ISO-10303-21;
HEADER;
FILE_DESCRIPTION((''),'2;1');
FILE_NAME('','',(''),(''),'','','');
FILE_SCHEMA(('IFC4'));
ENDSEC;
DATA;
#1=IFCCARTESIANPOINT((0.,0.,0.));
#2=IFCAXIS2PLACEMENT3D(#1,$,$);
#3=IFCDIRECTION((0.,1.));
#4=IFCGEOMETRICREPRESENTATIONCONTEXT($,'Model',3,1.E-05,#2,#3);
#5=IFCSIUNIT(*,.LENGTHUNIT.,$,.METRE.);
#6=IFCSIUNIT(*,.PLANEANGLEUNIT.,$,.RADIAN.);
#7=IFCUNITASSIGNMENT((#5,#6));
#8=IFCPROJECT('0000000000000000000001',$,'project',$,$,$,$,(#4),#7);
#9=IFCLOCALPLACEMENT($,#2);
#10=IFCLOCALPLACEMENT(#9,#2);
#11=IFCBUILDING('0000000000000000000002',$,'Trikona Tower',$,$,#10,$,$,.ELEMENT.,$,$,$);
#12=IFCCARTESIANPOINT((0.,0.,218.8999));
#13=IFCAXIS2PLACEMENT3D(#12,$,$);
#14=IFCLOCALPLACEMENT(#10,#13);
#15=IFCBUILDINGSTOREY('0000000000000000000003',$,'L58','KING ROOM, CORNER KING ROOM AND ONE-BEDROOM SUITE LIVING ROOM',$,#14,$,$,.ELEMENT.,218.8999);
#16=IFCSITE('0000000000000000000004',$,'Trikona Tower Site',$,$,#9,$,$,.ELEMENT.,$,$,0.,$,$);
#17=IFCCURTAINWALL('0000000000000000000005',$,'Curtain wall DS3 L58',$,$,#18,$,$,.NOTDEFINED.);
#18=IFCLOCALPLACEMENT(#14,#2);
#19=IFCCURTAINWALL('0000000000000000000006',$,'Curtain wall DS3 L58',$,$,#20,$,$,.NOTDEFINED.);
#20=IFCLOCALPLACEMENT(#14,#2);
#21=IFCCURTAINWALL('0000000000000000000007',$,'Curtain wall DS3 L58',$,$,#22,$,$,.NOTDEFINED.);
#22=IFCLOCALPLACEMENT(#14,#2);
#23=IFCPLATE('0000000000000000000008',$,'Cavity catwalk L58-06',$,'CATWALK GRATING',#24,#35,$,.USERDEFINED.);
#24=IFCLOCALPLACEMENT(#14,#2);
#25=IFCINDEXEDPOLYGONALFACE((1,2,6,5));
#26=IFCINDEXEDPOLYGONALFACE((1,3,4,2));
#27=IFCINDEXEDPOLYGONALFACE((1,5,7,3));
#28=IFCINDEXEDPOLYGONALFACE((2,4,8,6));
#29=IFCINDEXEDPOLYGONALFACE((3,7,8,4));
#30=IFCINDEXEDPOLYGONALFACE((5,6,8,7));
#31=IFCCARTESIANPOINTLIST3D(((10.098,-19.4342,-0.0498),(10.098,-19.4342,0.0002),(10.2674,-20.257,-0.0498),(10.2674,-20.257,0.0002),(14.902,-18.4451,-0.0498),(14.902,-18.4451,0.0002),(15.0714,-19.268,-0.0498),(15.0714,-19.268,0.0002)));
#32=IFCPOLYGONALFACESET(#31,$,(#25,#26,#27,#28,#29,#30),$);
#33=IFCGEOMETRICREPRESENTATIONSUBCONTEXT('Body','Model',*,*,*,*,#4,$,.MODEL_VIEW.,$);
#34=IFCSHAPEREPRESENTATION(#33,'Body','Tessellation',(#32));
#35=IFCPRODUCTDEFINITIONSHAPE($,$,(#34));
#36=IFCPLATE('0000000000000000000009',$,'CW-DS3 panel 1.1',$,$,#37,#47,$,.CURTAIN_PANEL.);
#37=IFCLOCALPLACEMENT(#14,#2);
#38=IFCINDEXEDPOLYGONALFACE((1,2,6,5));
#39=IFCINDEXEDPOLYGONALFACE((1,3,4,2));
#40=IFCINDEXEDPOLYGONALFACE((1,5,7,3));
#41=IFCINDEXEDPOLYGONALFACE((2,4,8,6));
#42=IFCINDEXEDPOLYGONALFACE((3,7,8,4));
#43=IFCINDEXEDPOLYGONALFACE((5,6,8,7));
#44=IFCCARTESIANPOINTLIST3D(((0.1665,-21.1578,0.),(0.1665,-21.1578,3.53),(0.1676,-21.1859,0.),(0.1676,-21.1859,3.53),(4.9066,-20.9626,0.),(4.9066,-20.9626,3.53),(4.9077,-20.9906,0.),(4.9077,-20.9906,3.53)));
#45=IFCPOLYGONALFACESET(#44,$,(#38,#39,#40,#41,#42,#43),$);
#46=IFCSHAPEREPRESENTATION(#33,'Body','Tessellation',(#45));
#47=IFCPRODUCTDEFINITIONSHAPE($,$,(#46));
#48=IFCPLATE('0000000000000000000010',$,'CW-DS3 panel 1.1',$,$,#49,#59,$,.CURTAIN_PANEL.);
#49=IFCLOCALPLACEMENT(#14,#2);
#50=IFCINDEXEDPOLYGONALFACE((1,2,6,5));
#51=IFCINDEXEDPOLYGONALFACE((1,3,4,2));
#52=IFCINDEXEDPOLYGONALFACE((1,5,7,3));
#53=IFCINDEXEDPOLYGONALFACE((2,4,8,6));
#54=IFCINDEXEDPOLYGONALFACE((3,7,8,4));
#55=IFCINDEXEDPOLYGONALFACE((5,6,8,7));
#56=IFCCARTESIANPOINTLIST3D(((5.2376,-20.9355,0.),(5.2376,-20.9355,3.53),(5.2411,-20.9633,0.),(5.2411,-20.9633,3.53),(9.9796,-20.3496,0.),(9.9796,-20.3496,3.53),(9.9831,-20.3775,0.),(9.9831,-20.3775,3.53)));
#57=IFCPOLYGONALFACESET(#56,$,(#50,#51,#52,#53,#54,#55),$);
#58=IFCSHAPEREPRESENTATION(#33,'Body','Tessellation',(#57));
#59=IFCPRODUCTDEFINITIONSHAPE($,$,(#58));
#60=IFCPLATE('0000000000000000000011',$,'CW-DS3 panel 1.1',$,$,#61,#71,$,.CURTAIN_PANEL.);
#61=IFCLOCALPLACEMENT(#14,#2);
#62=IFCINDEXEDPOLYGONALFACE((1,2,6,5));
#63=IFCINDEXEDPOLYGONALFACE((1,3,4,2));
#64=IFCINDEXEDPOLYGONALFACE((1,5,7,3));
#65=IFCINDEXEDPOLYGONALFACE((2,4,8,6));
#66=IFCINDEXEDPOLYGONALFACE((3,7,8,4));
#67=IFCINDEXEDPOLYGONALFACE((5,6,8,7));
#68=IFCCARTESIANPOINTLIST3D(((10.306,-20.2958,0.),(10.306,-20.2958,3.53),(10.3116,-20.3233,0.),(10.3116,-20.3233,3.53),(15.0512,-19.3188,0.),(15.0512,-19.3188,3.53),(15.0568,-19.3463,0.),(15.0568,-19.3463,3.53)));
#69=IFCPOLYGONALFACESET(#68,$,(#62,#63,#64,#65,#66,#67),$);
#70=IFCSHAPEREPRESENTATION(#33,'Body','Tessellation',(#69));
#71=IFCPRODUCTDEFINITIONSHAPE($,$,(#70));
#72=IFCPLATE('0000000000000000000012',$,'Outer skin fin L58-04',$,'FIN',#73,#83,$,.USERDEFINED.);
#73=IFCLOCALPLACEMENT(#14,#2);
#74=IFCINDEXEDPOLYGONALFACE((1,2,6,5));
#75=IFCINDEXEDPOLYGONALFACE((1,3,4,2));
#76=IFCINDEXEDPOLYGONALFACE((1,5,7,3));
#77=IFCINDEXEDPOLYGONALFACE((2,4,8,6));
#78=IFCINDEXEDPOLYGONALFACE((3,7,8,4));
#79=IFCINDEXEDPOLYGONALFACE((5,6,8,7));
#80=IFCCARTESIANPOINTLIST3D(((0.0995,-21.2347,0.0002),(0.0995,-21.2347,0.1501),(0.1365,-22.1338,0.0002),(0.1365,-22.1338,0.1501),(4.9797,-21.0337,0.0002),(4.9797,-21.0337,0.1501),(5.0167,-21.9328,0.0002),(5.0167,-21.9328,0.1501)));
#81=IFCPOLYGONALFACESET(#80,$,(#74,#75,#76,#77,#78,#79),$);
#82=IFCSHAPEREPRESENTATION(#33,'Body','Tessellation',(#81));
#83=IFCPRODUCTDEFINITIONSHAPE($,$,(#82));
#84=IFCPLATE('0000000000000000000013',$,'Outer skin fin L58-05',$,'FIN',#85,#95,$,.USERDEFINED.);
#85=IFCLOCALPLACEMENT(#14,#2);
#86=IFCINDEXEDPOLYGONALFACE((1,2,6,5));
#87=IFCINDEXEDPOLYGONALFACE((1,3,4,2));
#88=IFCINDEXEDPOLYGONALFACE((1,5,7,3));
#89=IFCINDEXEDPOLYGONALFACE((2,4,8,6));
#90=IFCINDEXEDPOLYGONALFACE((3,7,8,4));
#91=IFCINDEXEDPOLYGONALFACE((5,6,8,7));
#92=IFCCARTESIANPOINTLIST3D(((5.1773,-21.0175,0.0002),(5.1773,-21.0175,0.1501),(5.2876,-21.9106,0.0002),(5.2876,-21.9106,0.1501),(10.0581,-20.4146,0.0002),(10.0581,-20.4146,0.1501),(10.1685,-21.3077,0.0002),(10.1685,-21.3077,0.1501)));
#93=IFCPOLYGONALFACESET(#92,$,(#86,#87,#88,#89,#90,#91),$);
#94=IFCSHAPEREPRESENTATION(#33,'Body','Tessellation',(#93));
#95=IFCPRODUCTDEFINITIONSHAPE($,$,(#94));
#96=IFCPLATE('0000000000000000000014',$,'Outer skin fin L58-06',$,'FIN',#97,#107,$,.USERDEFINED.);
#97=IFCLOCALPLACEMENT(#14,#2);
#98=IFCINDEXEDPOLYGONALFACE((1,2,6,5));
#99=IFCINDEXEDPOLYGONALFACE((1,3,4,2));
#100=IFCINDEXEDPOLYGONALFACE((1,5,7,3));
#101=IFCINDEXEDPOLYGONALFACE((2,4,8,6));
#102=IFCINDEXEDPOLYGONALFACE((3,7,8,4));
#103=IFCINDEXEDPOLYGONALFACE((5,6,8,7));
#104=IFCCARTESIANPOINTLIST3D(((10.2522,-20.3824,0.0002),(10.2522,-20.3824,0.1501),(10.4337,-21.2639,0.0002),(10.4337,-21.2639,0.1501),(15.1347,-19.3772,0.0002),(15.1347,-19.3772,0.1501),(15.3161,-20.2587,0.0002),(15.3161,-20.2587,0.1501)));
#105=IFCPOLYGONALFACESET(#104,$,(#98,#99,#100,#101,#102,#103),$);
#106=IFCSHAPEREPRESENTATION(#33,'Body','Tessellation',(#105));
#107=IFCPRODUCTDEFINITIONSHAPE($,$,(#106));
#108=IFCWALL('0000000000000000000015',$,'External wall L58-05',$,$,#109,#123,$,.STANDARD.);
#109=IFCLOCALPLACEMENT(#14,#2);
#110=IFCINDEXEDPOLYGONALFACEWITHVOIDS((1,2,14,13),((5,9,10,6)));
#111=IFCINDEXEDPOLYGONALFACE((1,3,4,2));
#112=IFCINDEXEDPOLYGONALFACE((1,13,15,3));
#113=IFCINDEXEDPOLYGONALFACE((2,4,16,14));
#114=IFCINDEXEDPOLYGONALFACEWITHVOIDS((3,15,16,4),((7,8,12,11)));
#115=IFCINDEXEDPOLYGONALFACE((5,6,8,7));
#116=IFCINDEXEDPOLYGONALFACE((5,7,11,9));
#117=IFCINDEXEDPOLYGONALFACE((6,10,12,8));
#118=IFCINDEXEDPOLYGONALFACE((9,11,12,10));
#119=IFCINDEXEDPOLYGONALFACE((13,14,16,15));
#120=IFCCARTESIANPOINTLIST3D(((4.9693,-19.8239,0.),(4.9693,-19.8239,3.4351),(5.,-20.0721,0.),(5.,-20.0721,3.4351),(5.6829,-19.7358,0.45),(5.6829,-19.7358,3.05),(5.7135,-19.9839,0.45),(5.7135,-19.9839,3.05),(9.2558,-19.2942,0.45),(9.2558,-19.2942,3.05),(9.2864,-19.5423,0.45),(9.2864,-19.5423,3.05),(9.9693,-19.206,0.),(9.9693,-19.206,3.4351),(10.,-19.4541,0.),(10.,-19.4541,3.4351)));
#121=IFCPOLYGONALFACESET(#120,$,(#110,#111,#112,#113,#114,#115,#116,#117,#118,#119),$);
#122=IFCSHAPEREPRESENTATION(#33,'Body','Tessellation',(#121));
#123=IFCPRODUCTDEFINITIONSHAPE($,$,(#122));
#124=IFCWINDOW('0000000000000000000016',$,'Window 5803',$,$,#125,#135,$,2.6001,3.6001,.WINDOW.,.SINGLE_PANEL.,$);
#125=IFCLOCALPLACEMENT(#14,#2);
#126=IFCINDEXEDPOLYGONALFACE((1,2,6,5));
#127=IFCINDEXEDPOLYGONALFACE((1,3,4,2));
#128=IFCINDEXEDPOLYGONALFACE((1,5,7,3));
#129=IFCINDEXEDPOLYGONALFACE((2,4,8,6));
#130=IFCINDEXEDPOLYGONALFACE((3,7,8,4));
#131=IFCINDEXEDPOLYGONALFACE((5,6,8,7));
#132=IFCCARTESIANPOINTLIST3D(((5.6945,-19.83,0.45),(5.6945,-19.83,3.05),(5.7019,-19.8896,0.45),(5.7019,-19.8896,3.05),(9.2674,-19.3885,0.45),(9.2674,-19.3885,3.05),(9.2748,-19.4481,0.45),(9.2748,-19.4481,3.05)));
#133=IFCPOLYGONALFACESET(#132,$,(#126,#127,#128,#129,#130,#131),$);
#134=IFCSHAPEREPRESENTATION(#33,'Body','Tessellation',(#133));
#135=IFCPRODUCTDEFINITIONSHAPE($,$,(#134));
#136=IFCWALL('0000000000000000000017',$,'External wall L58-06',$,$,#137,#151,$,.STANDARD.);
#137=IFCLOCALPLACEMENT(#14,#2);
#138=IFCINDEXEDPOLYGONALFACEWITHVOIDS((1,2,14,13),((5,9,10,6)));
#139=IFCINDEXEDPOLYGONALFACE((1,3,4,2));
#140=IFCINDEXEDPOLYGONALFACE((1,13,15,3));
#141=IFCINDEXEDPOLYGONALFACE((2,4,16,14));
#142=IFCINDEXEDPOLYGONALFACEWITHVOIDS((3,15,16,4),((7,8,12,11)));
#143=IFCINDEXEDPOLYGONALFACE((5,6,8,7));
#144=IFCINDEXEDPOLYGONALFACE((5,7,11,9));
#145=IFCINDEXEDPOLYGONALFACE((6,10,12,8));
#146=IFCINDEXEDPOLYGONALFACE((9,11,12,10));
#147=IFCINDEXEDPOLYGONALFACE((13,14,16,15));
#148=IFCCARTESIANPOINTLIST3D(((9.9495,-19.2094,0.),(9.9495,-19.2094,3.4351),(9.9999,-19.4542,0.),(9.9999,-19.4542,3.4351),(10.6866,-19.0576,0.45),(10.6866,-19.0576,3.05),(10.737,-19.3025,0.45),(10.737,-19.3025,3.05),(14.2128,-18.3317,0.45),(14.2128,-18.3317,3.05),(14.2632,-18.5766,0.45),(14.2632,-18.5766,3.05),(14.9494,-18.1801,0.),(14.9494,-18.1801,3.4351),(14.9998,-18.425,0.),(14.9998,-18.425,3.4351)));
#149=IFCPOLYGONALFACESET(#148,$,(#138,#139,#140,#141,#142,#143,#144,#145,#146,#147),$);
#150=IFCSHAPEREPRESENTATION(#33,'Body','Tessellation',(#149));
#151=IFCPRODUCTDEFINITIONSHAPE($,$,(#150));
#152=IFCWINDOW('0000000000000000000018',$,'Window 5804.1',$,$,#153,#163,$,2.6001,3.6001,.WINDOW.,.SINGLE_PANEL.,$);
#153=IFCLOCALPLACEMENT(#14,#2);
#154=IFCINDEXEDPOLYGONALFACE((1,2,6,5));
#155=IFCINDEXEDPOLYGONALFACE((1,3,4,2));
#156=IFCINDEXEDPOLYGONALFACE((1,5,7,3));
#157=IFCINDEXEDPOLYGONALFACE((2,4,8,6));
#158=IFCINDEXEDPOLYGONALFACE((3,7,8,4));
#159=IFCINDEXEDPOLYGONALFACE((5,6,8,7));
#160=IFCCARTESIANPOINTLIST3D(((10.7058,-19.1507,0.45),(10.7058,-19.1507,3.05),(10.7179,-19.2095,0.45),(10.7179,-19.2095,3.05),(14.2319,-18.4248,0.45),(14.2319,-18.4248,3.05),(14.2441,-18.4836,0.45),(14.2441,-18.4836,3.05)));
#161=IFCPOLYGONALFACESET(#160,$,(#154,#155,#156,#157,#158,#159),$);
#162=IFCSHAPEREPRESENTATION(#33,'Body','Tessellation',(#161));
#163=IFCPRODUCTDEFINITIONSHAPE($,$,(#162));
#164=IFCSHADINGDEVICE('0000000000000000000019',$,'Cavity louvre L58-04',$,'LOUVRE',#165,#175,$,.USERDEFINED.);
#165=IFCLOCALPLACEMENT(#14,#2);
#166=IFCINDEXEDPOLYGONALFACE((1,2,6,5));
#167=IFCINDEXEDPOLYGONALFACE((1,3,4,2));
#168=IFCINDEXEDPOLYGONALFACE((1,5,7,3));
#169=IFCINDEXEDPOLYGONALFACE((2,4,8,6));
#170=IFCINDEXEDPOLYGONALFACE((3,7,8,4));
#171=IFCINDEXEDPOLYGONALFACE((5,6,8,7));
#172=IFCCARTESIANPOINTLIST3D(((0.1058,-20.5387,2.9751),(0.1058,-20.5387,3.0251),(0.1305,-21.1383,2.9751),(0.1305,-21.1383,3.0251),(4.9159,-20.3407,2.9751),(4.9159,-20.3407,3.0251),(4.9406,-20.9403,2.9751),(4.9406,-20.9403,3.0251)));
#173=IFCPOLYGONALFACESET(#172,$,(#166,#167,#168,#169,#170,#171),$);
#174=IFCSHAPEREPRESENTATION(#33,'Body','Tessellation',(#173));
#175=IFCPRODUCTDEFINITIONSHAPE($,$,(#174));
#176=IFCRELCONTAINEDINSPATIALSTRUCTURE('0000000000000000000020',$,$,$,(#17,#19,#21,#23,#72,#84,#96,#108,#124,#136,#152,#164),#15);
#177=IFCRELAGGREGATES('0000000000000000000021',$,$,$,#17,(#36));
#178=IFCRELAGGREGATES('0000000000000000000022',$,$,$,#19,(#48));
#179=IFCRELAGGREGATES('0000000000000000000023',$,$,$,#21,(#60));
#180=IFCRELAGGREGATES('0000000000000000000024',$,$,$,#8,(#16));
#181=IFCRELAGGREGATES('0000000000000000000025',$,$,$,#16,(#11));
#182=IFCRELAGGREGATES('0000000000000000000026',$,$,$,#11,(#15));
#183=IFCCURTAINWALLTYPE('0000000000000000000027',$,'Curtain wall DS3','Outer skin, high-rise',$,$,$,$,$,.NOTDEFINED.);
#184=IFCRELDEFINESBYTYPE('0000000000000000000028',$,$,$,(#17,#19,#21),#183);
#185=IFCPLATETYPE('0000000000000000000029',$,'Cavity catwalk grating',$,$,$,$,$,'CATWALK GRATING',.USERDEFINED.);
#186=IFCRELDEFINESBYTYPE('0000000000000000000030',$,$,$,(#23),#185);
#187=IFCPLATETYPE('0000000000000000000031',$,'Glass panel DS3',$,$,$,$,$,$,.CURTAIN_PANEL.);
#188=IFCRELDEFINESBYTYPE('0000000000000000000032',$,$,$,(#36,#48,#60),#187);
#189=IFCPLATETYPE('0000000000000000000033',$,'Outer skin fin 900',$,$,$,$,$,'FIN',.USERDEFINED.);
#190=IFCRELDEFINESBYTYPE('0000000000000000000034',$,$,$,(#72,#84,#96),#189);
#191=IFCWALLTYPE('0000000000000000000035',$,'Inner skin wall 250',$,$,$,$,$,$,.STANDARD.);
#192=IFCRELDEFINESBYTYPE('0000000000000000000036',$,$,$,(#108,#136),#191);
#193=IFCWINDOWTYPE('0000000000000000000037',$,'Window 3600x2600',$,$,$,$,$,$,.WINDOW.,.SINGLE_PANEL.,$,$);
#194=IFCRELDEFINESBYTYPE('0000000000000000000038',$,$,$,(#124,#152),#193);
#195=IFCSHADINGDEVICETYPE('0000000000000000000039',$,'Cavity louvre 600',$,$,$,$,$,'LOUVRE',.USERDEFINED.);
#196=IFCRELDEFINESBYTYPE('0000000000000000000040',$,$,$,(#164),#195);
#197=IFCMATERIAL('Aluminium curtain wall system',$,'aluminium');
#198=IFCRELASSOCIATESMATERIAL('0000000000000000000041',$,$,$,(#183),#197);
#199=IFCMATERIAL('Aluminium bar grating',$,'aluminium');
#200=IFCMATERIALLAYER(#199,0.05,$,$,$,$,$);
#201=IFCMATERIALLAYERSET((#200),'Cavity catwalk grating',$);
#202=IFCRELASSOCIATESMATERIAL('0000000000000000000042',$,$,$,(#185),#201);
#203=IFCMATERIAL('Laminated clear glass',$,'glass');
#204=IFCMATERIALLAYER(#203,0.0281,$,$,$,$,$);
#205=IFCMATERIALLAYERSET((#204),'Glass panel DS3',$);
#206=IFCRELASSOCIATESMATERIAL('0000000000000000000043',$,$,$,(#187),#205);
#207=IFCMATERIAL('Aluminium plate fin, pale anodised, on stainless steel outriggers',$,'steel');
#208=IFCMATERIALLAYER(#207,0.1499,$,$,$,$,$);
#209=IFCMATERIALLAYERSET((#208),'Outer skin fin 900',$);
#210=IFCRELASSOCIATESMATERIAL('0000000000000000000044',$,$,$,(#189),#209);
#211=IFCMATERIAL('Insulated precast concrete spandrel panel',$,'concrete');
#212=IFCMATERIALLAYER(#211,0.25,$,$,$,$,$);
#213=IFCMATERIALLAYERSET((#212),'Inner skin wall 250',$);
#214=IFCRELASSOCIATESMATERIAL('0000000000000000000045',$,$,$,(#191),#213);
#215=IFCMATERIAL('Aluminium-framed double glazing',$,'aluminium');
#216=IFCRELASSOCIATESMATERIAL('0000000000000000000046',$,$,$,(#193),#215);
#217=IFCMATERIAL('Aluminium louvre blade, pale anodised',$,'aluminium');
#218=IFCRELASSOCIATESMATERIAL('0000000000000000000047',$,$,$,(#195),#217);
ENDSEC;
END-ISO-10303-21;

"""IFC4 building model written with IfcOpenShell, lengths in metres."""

from ifc_helpers import new_model, si_unit, direction, frame, frame_2d, origin, origin_2d, place, context, subcontext, project, spatial, rectangle, extrude, material, layer, layer_set, type_object, element, fill, aggregate, save


model = new_model("IFC4")

# Units and contexts
model_context = context("Model", 3, precision=1e-05, world=origin(), true_north=direction((0.0, 1.0)))
body_context = subcontext(model_context, "Body", "Model", "MODEL_VIEW")
ifc_project = project(units=[si_unit("LENGTHUNIT", "METRE"), si_unit("PLANEANGLEUNIT", "RADIAN")], contexts=[model_context])

# Site, building, storey
site_placement = place(None, origin())
site = spatial("IfcSite", under=ifc_project, at=site_placement, Name="Trikona Tower Site", CompositionType="ELEMENT", RefElevation=0.0)
building_placement = place(site_placement, origin())
building = spatial("IfcBuilding", under=site, at=building_placement, Name="Trikona Tower", CompositionType="ELEMENT")
storey_placement = place(building_placement, frame((0.0, 0.0, 218.8999)))
storey = spatial("IfcBuildingStorey", under=building, at=storey_placement, Name="L58", Description="KING ROOM, CORNER KING ROOM AND ONE-BEDROOM SUITE LIVING ROOM", CompositionType="ELEMENT", Elevation=218.8999)

# Curtain walls
ifc_material_1 = material(Name="Aluminium curtain wall system", Category="aluminium")
curtain_wall_type = type_object("IfcCurtainWallType", Name="Curtain wall DS3", Description="Outer skin, high-rise", PredefinedType="NOTDEFINED", material=ifc_material_1)
curtain_wall_1_placement = place(storey_placement, origin())
curtain_wall_1 = element("IfcCurtainWall", 1, at=curtain_wall_1_placement, inside=storey, type_object=curtain_wall_type, Name="Curtain wall DS3 L58", PredefinedType="NOTDEFINED")
curtain_wall_2_placement = place(storey_placement, origin())
curtain_wall_2 = element("IfcCurtainWall", 2, at=curtain_wall_2_placement, inside=storey, type_object=curtain_wall_type, Name="Curtain wall DS3 L58", PredefinedType="NOTDEFINED")

# Curtain wall
curtain_wall_3_placement = place(storey_placement, origin())
curtain_wall_3 = element("IfcCurtainWall", 3, at=curtain_wall_3_placement, inside=storey, type_object=curtain_wall_type, Name="Curtain wall DS3 L58", PredefinedType="NOTDEFINED")

# Plate
ifc_material_2 = material(Name="Aluminium bar grating", Category="aluminium")
ifc_layer_1 = layer(ifc_material_2, 0.05)
ifc_layer_set_1 = layer_set([ifc_layer_1], Name="Cavity catwalk grating")
plate_type_1 = type_object("IfcPlateType", Name="Cavity catwalk grating", ElementType="CATWALK GRATING", PredefinedType="USERDEFINED", material=ifc_layer_set_1)
plate_1_placement = place(storey_placement, frame((12.5847, -19.3511, -0.0498), z_axis=(0.0, 0.0, 1.0), x_axis=(0.979458, 0.201651, 0.0)))
element("IfcPlate", 4, at=plate_1_placement, inside=storey, type_object=plate_type_1, Name="Cavity catwalk L58-06", ObjectType="CATWALK GRATING", PredefinedType="USERDEFINED", context=body_context, shape_type="SweptSolid", body=[
    extrude(rectangle(XDim=4.9048, YDim=0.8401, at=origin_2d()), origin(), (0.0, 0.0, 1.0), 0.05),
])

# Plates
ifc_material_3 = material(Name="Laminated clear glass", Category="glass")
ifc_layer_2 = layer(ifc_material_3, 0.0281)
ifc_layer_set_2 = layer_set([ifc_layer_2], Name="Glass panel DS3")
plate_type_2 = type_object("IfcPlateType", Name="Glass panel DS3", PredefinedType="CURTAIN_PANEL", material=ifc_layer_set_2)
plate_2_placement = place(storey_placement, frame((2.5371, -21.0742, 0.0), z_axis=(0.0, 0.0, 1.0), x_axis=(0.999153, 0.041153, 0.0)))
plate_2 = element("IfcPlate", 5, at=plate_2_placement, type_object=plate_type_2, Name="CW-DS3 panel 1.1", PredefinedType="CURTAIN_PANEL", context=body_context, shape_type="SweptSolid", body=[
    extrude(rectangle(XDim=4.7441, YDim=0.0281, at=origin_2d()), origin(), (0.0, 0.0, 1.0), 3.53),
])
aggregate(curtain_wall_1, [plate_2])
plate_3_placement = place(storey_placement, frame((7.6104, -20.6565, 0.0), z_axis=(0.0, 0.0, 1.0), x_axis=(0.992455, 0.122611, 0.0)))
plate_3 = element("IfcPlate", 6, at=plate_3_placement, type_object=plate_type_2, Name="CW-DS3 panel 1.1", PredefinedType="CURTAIN_PANEL", context=body_context, shape_type="SweptSolid", body=[
    extrude(rectangle(XDim=4.7781, YDim=0.0281, at=origin_2d()), origin(), (0.0, 0.0, 1.0), 3.53),
])
aggregate(curtain_wall_2, [plate_3])
plate_4_placement = place(storey_placement, frame((12.6814, -19.821, 0.0), z_axis=(0.0, 0.0, 1.0), x_axis=(0.979457, 0.201653, 0.0)))
plate_4 = element("IfcPlate", 7, at=plate_4_placement, type_object=plate_type_2, Name="CW-DS3 panel 1.1", PredefinedType="CURTAIN_PANEL", context=body_context, shape_type="SweptSolid", body=[
    extrude(rectangle(XDim=4.8447, YDim=0.0281, at=origin_2d()), origin(), (0.0, 0.0, 1.0), 3.53),
])
aggregate(curtain_wall_3, [plate_4])

# Plates
ifc_material_4 = material(Name="Aluminium plate fin, pale anodised, on stainless steel outriggers", Category="steel")
ifc_layer_3 = layer(ifc_material_4, 0.1499)
ifc_layer_set_3 = layer_set([ifc_layer_3], Name="Outer skin fin 900")
plate_type_3 = type_object("IfcPlateType", Name="Outer skin fin 900", ElementType="FIN", PredefinedType="USERDEFINED", material=ifc_layer_set_3)
plate_5_placement = place(storey_placement, frame((2.5581, -21.5837, 0.0002), z_axis=(0.0, 0.0, 1.0), x_axis=(0.999153, 0.041145, 0.0)))
element("IfcPlate", 8, at=plate_5_placement, inside=storey, type_object=plate_type_3, Name="Outer skin fin L58-04", ObjectType="FIN", PredefinedType="USERDEFINED", context=body_context, shape_type="SweptSolid", body=[
    extrude(rectangle(XDim=4.8843, YDim=0.8999, at=origin_2d()), origin(), (0.0, 0.0, 1.0), 0.1499),
])
plate_6_placement = place(storey_placement, frame((7.6729, -21.1626, 0.0002), z_axis=(0.0, 0.0, 1.0), x_axis=(0.992455, 0.122607, 0.0)))
element("IfcPlate", 9, at=plate_6_placement, inside=storey, type_object=plate_type_3, Name="Outer skin fin L58-05", ObjectType="FIN", PredefinedType="USERDEFINED", context=body_context, shape_type="SweptSolid", body=[
    extrude(rectangle(XDim=4.918, YDim=0.8999, at=origin_2d()), origin(), (0.0, 0.0, 1.0), 0.1499),
])
plate_7_placement = place(storey_placement, frame((12.7842, -20.3206, 0.0002), z_axis=(0.0, 0.0, 1.0), x_axis=(0.979458, 0.201651, 0.0)))
element("IfcPlate", 10, at=plate_7_placement, inside=storey, type_object=plate_type_3, Name="Outer skin fin L58-06", ObjectType="FIN", PredefinedType="USERDEFINED", context=body_context, shape_type="SweptSolid", body=[
    extrude(rectangle(XDim=4.9849, YDim=0.8999, at=origin_2d()), origin(), (0.0, 0.0, 1.0), 0.1499),
])

# Walls, openings, windows
ifc_material_5 = material(Name="Insulated precast concrete spandrel panel", Category="concrete")
ifc_layer_4 = layer(ifc_material_5, 0.25)
ifc_layer_set_4 = layer_set([ifc_layer_4], Name="Inner skin wall 250")
wall_type = type_object("IfcWallType", Name="Inner skin wall 250", PredefinedType="STANDARD", material=ifc_layer_set_4)
wall_1_placement = place(storey_placement, frame((4.9846, -19.948, 0.0), z_axis=(0.0, 0.0, 1.0), x_axis=(0.99245, 0.122651, 0.0)))
wall_1 = element("IfcWall", 11, at=wall_1_placement, inside=storey, type_object=wall_type, Name="External wall L58-05", PredefinedType="STANDARD", context=body_context, shape_type="SweptSolid", body=[
    extrude(rectangle(XDim=5.0381, YDim=0.25, at=frame_2d((2.519, 0.0))), origin(), (0.0, 0.0, 1.0), 3.4351),
])
opening_1_placement = place(wall_1_placement, frame((0.719, 0.0, 0.45)))
opening_1 = element("IfcOpeningElement", 12, at=opening_1_placement, cuts=wall_1, PredefinedType="OPENING", context=body_context, shape_type="SweptSolid", body=[
    extrude(rectangle(XDim=3.6001, YDim=2.6001, at=frame_2d((1.8, 1.3))), frame((0.0, 0.135, 0.0), z_axis=(0.0, -1.0, 0.0), x_axis=(1.0, 0.0, 0.0)), (0.0, 0.0, 1.0), 0.27),
])
ifc_material_6 = material(Name="Aluminium-framed double glazing", Category="aluminium")
window_type = type_object("IfcWindowType", Name="Window 3600x2600", PartitioningType="SINGLE_PANEL", PredefinedType="WINDOW", material=ifc_material_6)
window_1_placement = place(opening_1_placement, origin())
window_1 = element("IfcWindow", 13, at=window_1_placement, inside=storey, type_object=window_type, Name="Window 5803", OverallHeight=2.6001, OverallWidth=3.6001, PartitioningType="SINGLE_PANEL", PredefinedType="WINDOW", context=body_context, shape_type="SweptSolid", body=[
    extrude(rectangle(XDim=3.6001, YDim=2.6001, at=frame_2d((1.8, 1.3))), frame((0.0, 0.03, 0.0), z_axis=(0.0, -1.0, 0.0), x_axis=(1.0, 0.0, 0.0)), (0.0, 0.0, 1.0), 0.0601),
])
fill(opening_1, window_1)
wall_2_placement = place(storey_placement, frame((9.9749, -19.3318, 0.0), z_axis=(0.0, 0.0, 1.0), x_axis=(0.979461, 0.201631, 0.0)))
wall_2 = element("IfcWall", 14, at=wall_2_placement, inside=storey, type_object=wall_type, Name="External wall L58-06", PredefinedType="STANDARD", context=body_context, shape_type="SweptSolid", body=[
    extrude(rectangle(XDim=5.1047, YDim=0.25, at=frame_2d((2.5522, 0.0))), origin(), (0.0, 0.0, 1.0), 3.4351),
])
opening_2_placement = place(wall_2_placement, frame((0.7524, 0.0, 0.45)))
opening_2 = element("IfcOpeningElement", 15, at=opening_2_placement, cuts=wall_2, PredefinedType="OPENING", context=body_context, shape_type="SweptSolid", body=[
    extrude(rectangle(XDim=3.6001, YDim=2.6001, at=frame_2d((1.8, 1.3))), frame((0.0, 0.135, 0.0), z_axis=(0.0, -1.0, 0.0), x_axis=(1.0, 0.0, 0.0)), (0.0, 0.0, 1.0), 0.27),
])
window_2_placement = place(opening_2_placement, origin())
window_2 = element("IfcWindow", 16, at=window_2_placement, inside=storey, type_object=window_type, Name="Window 5804.1", OverallHeight=2.6001, OverallWidth=3.6001, PartitioningType="SINGLE_PANEL", PredefinedType="WINDOW", context=body_context, shape_type="SweptSolid", body=[
    extrude(rectangle(XDim=3.6001, YDim=2.6001, at=frame_2d((1.8, 1.3))), frame((0.0, 0.03, 0.0), z_axis=(0.0, -1.0, 0.0), x_axis=(1.0, 0.0, 0.0)), (0.0, 0.0, 1.0), 0.0601),
])
fill(opening_2, window_2)

# Shading device
ifc_material_7 = material(Name="Aluminium louvre blade, pale anodised", Category="aluminium")
shading_device_type = type_object("IfcShadingDeviceType", Name="Cavity louvre 600", ElementType="LOUVRE", PredefinedType="USERDEFINED", material=ifc_material_7)
shading_device_1_placement = place(storey_placement, frame((2.5232, -20.7395, 2.9751), z_axis=(0.0, 0.0, 1.0), x_axis=(0.999153, 0.041145, 0.0)))
element("IfcShadingDevice", 17, at=shading_device_1_placement, inside=storey, type_object=shading_device_type, Name="Cavity louvre L58-04", ObjectType="LOUVRE", PredefinedType="USERDEFINED", context=body_context, shape_type="SweptSolid", body=[
    extrude(rectangle(XDim=4.8142, YDim=0.6001, at=origin_2d()), origin(), (0.0, 0.0, 1.0), 0.05),
])

save(model, "model.ifc")
